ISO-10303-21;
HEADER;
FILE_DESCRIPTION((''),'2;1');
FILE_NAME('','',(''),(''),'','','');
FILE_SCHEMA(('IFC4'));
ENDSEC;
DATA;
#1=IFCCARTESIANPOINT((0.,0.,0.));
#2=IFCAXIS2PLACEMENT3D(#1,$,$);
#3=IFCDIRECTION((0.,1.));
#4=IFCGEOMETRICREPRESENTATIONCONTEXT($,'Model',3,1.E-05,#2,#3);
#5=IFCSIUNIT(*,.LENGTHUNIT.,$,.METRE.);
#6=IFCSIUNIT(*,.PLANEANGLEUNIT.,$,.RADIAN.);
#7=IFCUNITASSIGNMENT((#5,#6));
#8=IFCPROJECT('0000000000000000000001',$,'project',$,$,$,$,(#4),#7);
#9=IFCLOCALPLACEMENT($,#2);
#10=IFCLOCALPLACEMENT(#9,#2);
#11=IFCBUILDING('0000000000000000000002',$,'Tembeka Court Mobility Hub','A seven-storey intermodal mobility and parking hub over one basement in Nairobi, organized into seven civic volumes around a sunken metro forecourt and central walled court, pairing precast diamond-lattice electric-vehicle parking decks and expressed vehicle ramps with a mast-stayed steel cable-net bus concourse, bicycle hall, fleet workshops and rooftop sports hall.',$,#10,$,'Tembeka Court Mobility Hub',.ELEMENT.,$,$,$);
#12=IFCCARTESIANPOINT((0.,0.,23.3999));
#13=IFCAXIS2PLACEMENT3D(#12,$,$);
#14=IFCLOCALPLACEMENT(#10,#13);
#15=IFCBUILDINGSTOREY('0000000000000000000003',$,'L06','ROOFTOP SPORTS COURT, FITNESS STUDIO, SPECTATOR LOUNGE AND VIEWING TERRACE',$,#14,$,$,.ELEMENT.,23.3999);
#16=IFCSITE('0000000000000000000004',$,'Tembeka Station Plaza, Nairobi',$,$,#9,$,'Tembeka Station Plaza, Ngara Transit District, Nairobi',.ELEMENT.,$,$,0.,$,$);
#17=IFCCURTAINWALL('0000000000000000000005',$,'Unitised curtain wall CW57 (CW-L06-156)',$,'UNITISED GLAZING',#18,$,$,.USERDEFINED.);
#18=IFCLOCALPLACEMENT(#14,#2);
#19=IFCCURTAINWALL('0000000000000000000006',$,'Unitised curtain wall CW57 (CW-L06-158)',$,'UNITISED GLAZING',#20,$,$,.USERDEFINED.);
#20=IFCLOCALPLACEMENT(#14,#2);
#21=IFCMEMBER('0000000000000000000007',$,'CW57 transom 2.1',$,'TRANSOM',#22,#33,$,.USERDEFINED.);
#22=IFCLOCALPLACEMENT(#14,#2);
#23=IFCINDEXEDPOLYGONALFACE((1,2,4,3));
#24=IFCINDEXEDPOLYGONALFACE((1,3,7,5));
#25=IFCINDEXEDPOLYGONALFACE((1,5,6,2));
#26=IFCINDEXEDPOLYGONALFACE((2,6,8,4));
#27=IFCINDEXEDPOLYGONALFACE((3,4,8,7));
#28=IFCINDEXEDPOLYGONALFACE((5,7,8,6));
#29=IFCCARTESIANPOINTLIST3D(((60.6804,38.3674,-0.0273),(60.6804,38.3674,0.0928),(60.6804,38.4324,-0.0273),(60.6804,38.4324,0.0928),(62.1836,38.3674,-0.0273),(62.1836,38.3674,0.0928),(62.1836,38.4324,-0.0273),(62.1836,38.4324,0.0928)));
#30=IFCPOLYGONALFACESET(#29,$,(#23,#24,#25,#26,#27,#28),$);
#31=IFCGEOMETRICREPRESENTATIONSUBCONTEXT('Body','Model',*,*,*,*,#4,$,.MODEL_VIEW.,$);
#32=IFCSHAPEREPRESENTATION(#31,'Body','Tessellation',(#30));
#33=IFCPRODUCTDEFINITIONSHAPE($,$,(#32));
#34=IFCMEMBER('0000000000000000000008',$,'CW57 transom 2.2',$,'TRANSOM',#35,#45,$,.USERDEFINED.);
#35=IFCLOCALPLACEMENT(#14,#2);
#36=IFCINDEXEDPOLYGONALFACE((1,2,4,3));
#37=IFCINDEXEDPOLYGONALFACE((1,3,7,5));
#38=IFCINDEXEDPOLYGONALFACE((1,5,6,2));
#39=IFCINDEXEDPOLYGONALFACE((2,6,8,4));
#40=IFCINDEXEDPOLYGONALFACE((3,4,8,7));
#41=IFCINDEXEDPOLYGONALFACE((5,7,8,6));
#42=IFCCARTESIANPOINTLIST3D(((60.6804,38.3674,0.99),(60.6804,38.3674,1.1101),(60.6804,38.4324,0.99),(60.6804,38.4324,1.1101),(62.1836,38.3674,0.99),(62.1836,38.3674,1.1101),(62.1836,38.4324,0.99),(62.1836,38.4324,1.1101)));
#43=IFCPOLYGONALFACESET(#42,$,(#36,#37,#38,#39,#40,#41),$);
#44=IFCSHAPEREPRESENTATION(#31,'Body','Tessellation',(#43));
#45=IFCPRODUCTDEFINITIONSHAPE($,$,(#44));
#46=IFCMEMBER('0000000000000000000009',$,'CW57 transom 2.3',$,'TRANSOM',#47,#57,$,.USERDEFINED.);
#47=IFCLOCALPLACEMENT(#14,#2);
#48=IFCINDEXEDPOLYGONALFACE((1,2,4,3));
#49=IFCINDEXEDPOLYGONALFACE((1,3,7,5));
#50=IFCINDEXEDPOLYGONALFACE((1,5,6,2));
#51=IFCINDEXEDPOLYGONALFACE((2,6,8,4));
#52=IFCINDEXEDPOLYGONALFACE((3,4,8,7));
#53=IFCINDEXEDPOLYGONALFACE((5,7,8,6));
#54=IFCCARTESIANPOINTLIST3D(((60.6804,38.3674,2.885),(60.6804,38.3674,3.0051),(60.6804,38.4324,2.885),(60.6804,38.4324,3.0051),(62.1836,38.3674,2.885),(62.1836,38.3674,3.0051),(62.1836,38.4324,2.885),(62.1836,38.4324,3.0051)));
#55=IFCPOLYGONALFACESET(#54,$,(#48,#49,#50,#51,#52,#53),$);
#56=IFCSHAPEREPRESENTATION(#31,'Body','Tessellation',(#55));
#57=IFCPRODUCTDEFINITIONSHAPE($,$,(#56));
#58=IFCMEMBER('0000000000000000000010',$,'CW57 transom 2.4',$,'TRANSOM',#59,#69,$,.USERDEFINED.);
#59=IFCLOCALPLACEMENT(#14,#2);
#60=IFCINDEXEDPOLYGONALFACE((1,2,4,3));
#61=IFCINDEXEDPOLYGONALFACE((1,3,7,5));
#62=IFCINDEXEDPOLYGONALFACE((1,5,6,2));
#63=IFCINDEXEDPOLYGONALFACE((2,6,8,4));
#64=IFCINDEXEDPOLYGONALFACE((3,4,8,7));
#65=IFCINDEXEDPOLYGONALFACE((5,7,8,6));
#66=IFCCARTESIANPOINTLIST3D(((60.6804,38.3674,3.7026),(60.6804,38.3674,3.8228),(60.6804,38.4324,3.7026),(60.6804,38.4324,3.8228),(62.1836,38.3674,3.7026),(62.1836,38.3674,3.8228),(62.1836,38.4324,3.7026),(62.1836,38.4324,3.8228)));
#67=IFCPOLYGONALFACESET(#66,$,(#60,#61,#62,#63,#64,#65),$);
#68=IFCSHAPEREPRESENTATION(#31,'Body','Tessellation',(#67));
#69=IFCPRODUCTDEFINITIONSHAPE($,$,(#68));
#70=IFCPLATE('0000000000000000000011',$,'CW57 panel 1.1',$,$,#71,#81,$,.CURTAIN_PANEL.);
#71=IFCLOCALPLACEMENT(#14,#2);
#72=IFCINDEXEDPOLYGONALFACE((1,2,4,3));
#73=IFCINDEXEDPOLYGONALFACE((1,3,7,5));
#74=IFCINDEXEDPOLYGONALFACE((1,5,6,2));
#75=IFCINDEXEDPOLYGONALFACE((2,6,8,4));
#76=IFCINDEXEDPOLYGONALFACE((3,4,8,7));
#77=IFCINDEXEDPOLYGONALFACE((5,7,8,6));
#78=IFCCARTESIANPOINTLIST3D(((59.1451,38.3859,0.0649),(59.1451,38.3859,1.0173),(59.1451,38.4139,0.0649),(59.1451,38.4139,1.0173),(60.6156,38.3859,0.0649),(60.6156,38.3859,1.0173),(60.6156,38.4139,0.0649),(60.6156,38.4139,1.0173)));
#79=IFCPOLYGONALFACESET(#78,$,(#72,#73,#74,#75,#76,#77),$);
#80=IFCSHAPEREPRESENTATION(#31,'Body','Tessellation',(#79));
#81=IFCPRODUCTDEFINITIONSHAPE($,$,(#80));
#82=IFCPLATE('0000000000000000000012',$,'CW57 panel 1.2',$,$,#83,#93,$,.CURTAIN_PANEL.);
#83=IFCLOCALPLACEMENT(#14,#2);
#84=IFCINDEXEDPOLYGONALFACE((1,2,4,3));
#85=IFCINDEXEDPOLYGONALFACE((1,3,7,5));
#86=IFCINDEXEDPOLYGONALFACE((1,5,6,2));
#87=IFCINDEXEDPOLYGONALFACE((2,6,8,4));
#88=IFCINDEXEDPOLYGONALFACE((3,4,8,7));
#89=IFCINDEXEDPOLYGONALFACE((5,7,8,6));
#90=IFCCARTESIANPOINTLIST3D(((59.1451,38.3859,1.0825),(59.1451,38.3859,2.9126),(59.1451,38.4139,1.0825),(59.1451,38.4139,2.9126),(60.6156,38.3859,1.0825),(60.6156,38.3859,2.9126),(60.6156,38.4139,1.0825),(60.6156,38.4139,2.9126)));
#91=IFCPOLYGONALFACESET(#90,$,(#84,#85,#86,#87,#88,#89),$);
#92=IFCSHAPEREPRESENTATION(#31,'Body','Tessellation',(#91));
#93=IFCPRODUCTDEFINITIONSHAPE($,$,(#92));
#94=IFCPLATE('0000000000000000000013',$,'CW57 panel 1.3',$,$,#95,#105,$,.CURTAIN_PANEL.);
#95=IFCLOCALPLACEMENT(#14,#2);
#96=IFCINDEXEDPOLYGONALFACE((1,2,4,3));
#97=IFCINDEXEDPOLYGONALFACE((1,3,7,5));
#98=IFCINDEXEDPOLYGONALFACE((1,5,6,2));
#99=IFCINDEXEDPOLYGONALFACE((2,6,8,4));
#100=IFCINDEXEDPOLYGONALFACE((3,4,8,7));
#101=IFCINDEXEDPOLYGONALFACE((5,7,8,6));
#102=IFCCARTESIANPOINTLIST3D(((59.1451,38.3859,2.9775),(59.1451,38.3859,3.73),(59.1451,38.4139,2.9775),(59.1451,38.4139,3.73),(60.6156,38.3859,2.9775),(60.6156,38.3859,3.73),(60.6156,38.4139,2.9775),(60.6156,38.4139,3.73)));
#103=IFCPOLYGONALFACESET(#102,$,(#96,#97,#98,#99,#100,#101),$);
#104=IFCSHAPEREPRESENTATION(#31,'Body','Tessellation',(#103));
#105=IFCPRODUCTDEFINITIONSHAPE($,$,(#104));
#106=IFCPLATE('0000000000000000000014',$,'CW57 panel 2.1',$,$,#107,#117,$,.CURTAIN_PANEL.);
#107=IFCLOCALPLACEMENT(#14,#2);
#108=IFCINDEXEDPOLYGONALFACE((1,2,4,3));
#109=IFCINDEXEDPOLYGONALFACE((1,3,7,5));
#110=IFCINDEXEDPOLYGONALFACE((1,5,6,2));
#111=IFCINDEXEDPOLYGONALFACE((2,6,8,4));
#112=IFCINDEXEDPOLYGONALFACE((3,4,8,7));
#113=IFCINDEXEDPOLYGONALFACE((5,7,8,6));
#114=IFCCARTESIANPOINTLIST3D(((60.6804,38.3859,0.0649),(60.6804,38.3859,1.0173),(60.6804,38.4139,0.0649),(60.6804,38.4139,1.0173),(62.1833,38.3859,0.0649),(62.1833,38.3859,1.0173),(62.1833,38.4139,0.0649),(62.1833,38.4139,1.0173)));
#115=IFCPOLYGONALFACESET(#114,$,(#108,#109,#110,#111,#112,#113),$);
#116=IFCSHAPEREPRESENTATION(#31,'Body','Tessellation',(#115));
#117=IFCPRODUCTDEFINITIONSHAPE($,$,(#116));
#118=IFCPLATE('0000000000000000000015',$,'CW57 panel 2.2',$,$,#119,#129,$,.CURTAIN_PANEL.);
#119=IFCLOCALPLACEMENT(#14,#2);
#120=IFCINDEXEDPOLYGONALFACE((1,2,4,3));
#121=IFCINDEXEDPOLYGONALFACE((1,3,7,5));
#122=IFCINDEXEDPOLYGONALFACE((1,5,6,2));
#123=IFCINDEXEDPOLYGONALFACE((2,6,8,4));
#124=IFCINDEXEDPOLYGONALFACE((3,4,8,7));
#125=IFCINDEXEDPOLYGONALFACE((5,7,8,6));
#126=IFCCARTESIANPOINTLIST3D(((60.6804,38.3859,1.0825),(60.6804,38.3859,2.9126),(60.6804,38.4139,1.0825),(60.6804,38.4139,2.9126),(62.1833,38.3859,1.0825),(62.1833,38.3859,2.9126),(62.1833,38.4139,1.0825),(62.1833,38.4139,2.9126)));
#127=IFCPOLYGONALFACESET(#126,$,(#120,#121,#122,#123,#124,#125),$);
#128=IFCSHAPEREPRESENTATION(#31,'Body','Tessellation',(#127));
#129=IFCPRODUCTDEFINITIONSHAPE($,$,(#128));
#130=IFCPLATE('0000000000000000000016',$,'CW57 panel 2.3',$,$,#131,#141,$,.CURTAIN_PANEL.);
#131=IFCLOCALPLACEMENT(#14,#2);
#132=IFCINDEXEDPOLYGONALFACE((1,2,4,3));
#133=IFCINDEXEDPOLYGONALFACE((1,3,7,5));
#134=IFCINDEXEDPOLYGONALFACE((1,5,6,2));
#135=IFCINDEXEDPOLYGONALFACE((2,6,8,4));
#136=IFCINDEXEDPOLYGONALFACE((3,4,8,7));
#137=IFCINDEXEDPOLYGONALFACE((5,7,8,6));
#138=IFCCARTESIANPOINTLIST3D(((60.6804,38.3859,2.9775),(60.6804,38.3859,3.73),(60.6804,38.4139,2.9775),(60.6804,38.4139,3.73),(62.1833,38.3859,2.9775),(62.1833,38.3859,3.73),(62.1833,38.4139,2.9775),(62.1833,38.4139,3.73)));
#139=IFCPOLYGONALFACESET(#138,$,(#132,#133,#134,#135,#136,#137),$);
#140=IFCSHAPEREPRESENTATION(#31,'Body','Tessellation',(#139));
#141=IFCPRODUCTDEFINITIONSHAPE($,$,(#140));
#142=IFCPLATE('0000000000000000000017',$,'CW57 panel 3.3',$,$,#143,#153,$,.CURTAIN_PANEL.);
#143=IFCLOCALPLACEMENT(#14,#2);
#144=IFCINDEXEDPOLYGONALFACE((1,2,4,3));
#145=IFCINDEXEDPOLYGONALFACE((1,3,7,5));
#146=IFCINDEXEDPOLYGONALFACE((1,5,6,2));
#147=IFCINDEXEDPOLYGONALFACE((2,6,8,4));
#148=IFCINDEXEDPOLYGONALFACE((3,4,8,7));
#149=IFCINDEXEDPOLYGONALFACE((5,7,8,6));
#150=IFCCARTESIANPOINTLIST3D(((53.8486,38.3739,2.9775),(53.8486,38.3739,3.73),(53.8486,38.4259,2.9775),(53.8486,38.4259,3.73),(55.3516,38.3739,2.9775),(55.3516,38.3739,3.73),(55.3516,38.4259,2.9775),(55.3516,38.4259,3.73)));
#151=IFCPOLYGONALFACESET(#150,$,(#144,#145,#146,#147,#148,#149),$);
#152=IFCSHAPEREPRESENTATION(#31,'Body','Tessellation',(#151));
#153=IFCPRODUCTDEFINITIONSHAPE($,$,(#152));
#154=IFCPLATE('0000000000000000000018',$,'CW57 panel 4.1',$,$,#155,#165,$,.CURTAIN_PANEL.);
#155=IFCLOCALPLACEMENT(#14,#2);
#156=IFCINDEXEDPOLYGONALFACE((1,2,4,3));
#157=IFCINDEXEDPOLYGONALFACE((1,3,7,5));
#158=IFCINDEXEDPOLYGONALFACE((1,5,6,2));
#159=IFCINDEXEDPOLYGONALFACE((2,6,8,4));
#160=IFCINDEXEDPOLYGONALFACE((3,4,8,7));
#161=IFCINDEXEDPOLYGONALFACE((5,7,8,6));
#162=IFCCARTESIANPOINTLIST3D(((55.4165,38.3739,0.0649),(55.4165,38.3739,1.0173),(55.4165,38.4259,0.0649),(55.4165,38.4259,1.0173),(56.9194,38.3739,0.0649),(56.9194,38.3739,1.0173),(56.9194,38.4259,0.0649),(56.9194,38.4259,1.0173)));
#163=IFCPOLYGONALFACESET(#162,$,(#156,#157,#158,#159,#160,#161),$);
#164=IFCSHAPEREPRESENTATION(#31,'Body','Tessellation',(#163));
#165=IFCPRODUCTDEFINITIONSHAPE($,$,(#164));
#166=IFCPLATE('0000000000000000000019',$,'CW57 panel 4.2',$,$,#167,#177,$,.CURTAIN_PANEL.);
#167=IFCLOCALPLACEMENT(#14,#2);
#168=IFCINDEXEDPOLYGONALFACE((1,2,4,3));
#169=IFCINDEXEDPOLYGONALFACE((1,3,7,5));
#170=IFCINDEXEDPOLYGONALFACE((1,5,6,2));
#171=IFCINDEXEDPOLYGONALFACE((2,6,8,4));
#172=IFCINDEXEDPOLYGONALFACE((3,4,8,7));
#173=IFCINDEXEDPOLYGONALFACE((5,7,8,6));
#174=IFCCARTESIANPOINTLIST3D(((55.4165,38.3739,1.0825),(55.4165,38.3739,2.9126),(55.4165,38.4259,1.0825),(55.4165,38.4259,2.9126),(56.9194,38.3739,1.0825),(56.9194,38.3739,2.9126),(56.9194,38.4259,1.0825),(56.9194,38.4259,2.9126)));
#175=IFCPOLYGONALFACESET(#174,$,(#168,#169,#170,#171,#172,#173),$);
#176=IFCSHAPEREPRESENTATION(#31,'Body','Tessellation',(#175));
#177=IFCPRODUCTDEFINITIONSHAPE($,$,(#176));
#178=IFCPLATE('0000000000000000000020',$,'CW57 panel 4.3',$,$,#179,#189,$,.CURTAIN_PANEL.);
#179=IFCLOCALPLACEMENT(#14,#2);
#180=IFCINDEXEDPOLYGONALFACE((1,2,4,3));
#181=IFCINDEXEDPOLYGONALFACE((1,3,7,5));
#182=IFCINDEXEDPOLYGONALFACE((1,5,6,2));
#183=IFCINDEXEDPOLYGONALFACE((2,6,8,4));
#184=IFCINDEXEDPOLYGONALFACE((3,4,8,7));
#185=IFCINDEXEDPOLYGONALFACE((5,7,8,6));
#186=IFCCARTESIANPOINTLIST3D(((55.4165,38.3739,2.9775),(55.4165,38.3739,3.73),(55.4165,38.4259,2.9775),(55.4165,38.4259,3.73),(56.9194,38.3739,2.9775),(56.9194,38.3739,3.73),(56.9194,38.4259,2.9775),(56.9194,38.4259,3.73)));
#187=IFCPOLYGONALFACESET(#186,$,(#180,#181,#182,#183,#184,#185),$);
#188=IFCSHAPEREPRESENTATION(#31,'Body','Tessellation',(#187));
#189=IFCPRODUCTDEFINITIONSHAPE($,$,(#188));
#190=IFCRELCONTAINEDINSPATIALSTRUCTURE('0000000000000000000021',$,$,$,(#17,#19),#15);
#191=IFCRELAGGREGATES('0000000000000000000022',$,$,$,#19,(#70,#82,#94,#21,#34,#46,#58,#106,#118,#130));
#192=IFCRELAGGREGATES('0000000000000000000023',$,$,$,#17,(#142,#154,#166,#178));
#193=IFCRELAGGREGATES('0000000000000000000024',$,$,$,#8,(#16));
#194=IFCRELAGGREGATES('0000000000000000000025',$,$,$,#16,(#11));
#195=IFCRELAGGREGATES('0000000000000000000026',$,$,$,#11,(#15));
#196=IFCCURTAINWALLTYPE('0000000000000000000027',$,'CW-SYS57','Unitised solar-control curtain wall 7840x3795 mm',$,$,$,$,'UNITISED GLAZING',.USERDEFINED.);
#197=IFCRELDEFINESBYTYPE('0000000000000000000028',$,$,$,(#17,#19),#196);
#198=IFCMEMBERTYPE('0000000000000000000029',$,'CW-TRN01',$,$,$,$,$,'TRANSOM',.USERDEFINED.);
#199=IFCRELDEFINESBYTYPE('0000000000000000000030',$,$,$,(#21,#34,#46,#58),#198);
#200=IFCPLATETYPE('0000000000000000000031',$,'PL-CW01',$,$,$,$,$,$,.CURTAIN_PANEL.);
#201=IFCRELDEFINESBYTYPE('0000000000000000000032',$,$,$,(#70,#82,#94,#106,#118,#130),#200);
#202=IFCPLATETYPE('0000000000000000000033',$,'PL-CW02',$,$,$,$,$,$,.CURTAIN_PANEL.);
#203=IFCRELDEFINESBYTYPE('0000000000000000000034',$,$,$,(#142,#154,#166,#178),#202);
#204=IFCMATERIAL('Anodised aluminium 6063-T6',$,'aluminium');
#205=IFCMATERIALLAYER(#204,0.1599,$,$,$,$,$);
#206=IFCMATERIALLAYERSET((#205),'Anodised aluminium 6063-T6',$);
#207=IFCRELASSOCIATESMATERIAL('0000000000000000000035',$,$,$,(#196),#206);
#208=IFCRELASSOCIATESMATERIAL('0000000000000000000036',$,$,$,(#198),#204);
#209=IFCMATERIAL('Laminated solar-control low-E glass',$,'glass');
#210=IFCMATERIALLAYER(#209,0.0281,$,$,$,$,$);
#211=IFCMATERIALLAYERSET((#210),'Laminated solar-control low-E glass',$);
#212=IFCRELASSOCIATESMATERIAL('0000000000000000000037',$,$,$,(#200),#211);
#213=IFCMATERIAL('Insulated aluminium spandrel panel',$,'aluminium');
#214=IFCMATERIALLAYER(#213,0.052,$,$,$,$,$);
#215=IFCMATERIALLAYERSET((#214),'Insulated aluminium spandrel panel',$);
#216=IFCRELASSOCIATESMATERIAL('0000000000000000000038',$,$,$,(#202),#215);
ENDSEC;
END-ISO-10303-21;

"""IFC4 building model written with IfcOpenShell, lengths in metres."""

from ifc_helpers import new_model, si_unit, direction, frame, origin, origin_2d, place, context, subcontext, project, spatial, rectangle, extrude, material, layer, layer_set, material_profile, profile_set, type_object, element, aggregate, save


model = new_model("IFC4")

# Units and contexts
model_context = context("Model", 3, precision=1e-05, world=origin(), true_north=direction((0.0, 1.0)))
body_context = subcontext(model_context, "Body", "Model", "MODEL_VIEW")
ifc_project = project(units=[si_unit("LENGTHUNIT", "METRE"), si_unit("PLANEANGLEUNIT", "RADIAN")], contexts=[model_context])

# Site, building, storey
site_placement = place(None, origin())
site = spatial("IfcSite", under=ifc_project, at=site_placement, Name="Tembeka Station Plaza, Nairobi", LongName="Tembeka Station Plaza, Ngara Transit District, Nairobi", CompositionType="ELEMENT", RefElevation=0.0)
building_placement = place(site_placement, origin())
building = spatial("IfcBuilding", under=site, at=building_placement, Name="Tembeka Court Mobility Hub", Description="A seven-storey intermodal mobility and parking hub over one basement in Nairobi, organized into seven civic volumes around a sunken metro forecourt and central walled court, pairing precast diamond-lattice electric-vehicle parking decks and expressed vehicle ramps with a mast-stayed steel cable-net bus concourse, bicycle hall, fleet workshops and rooftop sports hall.", LongName="Tembeka Court Mobility Hub", CompositionType="ELEMENT")
storey_placement = place(building_placement, frame((0.0, 0.0, 23.3999)))
storey = spatial("IfcBuildingStorey", under=building, at=storey_placement, Name="L06", Description="ROOFTOP SPORTS COURT, FITNESS STUDIO, SPECTATOR LOUNGE AND VIEWING TERRACE", CompositionType="ELEMENT", Elevation=23.3999)

# Curtain walls
ifc_material_1 = material(Name="Anodised aluminium 6063-T6", Category="aluminium")
ifc_layer_1 = layer(ifc_material_1, 0.1599)
ifc_layer_set_1 = layer_set([ifc_layer_1], Name="Anodised aluminium 6063-T6")
curtain_wall_type = type_object("IfcCurtainWallType", Name="CW-SYS57", Description="Unitised solar-control curtain wall 7840x3795 mm", ElementType="UNITISED GLAZING", PredefinedType="USERDEFINED", material=ifc_layer_set_1)
curtain_wall_1_placement = place(storey_placement, origin())
curtain_wall_1 = element("IfcCurtainWall", 1, at=curtain_wall_1_placement, inside=storey, type_object=curtain_wall_type, Name="Unitised curtain wall CW57 (CW-L06-156)", ObjectType="UNITISED GLAZING", PredefinedType="USERDEFINED")
curtain_wall_2_placement = place(storey_placement, origin())
curtain_wall_2 = element("IfcCurtainWall", 2, at=curtain_wall_2_placement, inside=storey, type_object=curtain_wall_type, Name="Unitised curtain wall CW57 (CW-L06-158)", ObjectType="UNITISED GLAZING", PredefinedType="USERDEFINED")

# Members
ifc_material_profile_1 = material_profile(ifc_material_1, rectangle(XDim=0.0649, YDim=0.1201, at=origin_2d()), Name="ALU-TRN 65x120")
ifc_profile_set_1 = profile_set([ifc_material_profile_1], Name="Anodised aluminium 6063-T6")
member_type_1 = type_object("IfcMemberType", Name="CW-TRN01", ElementType="TRANSOM", PredefinedType="USERDEFINED", material=ifc_profile_set_1)
member_1_placement = place(storey_placement, frame((60.6804, 38.3999, 0.0327), z_axis=(1.0, 0.0, 0.0), x_axis=(0.0, 1.0, 0.0)))
member_1 = element("IfcMember", 3, at=member_1_placement, type_object=member_type_1, Name="CW57 transom 2.1", ObjectType="TRANSOM", PredefinedType="USERDEFINED", context=body_context, shape_type="SweptSolid", body=[
    extrude(rectangle(XDim=0.0649, YDim=0.1201, at=origin_2d()), origin(), (0.0, 0.0, 1.0), 1.5032),
])
member_2_placement = place(storey_placement, frame((60.6804, 38.3999, 1.05), z_axis=(1.0, 0.0, 0.0), x_axis=(0.0, 1.0, 0.0)))
member_2 = element("IfcMember", 4, at=member_2_placement, type_object=member_type_1, Name="CW57 transom 2.2", ObjectType="TRANSOM", PredefinedType="USERDEFINED", context=body_context, shape_type="SweptSolid", body=[
    extrude(rectangle(XDim=0.0649, YDim=0.1201, at=origin_2d()), origin(), (0.0, 0.0, 1.0), 1.5032),
])
member_3_placement = place(storey_placement, frame((60.6804, 38.3999, 2.9451), z_axis=(1.0, 0.0, 0.0), x_axis=(0.0, 1.0, 0.0)))
member_3 = element("IfcMember", 5, at=member_3_placement, type_object=member_type_1, Name="CW57 transom 2.3", ObjectType="TRANSOM", PredefinedType="USERDEFINED", context=body_context, shape_type="SweptSolid", body=[
    extrude(rectangle(XDim=0.0649, YDim=0.1201, at=origin_2d()), origin(), (0.0, 0.0, 1.0), 1.5032),
])
member_4_placement = place(storey_placement, frame((60.6804, 38.3999, 3.7627), z_axis=(1.0, 0.0, 0.0), x_axis=(0.0, 1.0, 0.0)))
member_4 = element("IfcMember", 6, at=member_4_placement, type_object=member_type_1, Name="CW57 transom 2.4", ObjectType="TRANSOM", PredefinedType="USERDEFINED", context=body_context, shape_type="SweptSolid", body=[
    extrude(rectangle(XDim=0.0649, YDim=0.1201, at=origin_2d()), origin(), (0.0, 0.0, 1.0), 1.5032),
])

# Plates
ifc_material_2 = material(Name="Laminated solar-control low-E glass", Category="glass")
ifc_layer_2 = layer(ifc_material_2, 0.0281)
ifc_layer_set_2 = layer_set([ifc_layer_2], Name="Laminated solar-control low-E glass")
plate_type_1 = type_object("IfcPlateType", Name="PL-CW01", PredefinedType="CURTAIN_PANEL", material=ifc_layer_set_2)
plate_1_placement = place(storey_placement, frame((59.8804, 38.3999, 0.0649), z_axis=(0.0, 0.0, 1.0), x_axis=(1.0, 0.0, 0.0)))
plate_1 = element("IfcPlate", 7, at=plate_1_placement, type_object=plate_type_1, Name="CW57 panel 1.1", PredefinedType="CURTAIN_PANEL", context=body_context, shape_type="SweptSolid", body=[
    extrude(rectangle(XDim=1.4705, YDim=0.0281, at=origin_2d()), origin(), (0.0, 0.0, 1.0), 0.9524),
])
plate_2_placement = place(storey_placement, frame((59.8804, 38.3999, 1.0825), z_axis=(0.0, 0.0, 1.0), x_axis=(1.0, 0.0, 0.0)))
plate_2 = element("IfcPlate", 8, at=plate_2_placement, type_object=plate_type_1, Name="CW57 panel 1.2", PredefinedType="CURTAIN_PANEL", context=body_context, shape_type="SweptSolid", body=[
    extrude(rectangle(XDim=1.4705, YDim=0.0281, at=origin_2d()), origin(), (0.0, 0.0, 1.0), 1.8301),
])
plate_3_placement = place(storey_placement, frame((59.8804, 38.3999, 2.9775), z_axis=(0.0, 0.0, 1.0), x_axis=(1.0, 0.0, 0.0)))
plate_3 = element("IfcPlate", 9, at=plate_3_placement, type_object=plate_type_1, Name="CW57 panel 1.3", PredefinedType="CURTAIN_PANEL", context=body_context, shape_type="SweptSolid", body=[
    extrude(rectangle(XDim=1.4705, YDim=0.0281, at=origin_2d()), origin(), (0.0, 0.0, 1.0), 0.7524),
])
plate_4_placement = place(storey_placement, frame((61.4319, 38.3999, 0.0649), z_axis=(0.0, 0.0, 1.0), x_axis=(1.0, 0.0, 0.0)))
plate_4 = element("IfcPlate", 10, at=plate_4_placement, type_object=plate_type_1, Name="CW57 panel 2.1", PredefinedType="CURTAIN_PANEL", context=body_context, shape_type="SweptSolid", body=[
    extrude(rectangle(XDim=1.5029, YDim=0.0281, at=origin_2d()), origin(), (0.0, 0.0, 1.0), 0.9524),
])
plate_5_placement = place(storey_placement, frame((61.4319, 38.3999, 1.0825), z_axis=(0.0, 0.0, 1.0), x_axis=(1.0, 0.0, 0.0)))
plate_5 = element("IfcPlate", 11, at=plate_5_placement, type_object=plate_type_1, Name="CW57 panel 2.2", PredefinedType="CURTAIN_PANEL", context=body_context, shape_type="SweptSolid", body=[
    extrude(rectangle(XDim=1.5029, YDim=0.0281, at=origin_2d()), origin(), (0.0, 0.0, 1.0), 1.8301),
])
plate_6_placement = place(storey_placement, frame((61.4319, 38.3999, 2.9775), z_axis=(0.0, 0.0, 1.0), x_axis=(1.0, 0.0, 0.0)))
plate_6 = element("IfcPlate", 12, at=plate_6_placement, type_object=plate_type_1, Name="CW57 panel 2.3", PredefinedType="CURTAIN_PANEL", context=body_context, shape_type="SweptSolid", body=[
    extrude(rectangle(XDim=1.5029, YDim=0.0281, at=origin_2d()), origin(), (0.0, 0.0, 1.0), 0.7524),
])
aggregate(curtain_wall_2, [plate_1, plate_2, plate_3, member_1, member_2, member_3, member_4, plate_4, plate_5, plate_6])
ifc_material_3 = material(Name="Insulated aluminium spandrel panel", Category="aluminium")
ifc_layer_3 = layer(ifc_material_3, 0.052)
ifc_layer_set_3 = layer_set([ifc_layer_3], Name="Insulated aluminium spandrel panel")
plate_type_2 = type_object("IfcPlateType", Name="PL-CW02", PredefinedType="CURTAIN_PANEL", material=ifc_layer_set_3)
plate_7_placement = place(storey_placement, frame((54.6001, 38.3999, 2.9775), z_axis=(0.0, 0.0, 1.0), x_axis=(1.0, 0.0, 0.0)))
plate_7 = element("IfcPlate", 13, at=plate_7_placement, type_object=plate_type_2, Name="CW57 panel 3.3", PredefinedType="CURTAIN_PANEL", context=body_context, shape_type="SweptSolid", body=[
    extrude(rectangle(XDim=1.5029, YDim=0.052, at=origin_2d()), origin(), (0.0, 0.0, 1.0), 0.7524),
])
plate_8_placement = place(storey_placement, frame((56.168, 38.3999, 0.0649), z_axis=(0.0, 0.0, 1.0), x_axis=(1.0, 0.0, 0.0)))
plate_8 = element("IfcPlate", 14, at=plate_8_placement, type_object=plate_type_2, Name="CW57 panel 4.1", PredefinedType="CURTAIN_PANEL", context=body_context, shape_type="SweptSolid", body=[
    extrude(rectangle(XDim=1.5029, YDim=0.052, at=origin_2d()), origin(), (0.0, 0.0, 1.0), 0.9524),
])
plate_9_placement = place(storey_placement, frame((56.168, 38.3999, 1.0825), z_axis=(0.0, 0.0, 1.0), x_axis=(1.0, 0.0, 0.0)))
plate_9 = element("IfcPlate", 15, at=plate_9_placement, type_object=plate_type_2, Name="CW57 panel 4.2", PredefinedType="CURTAIN_PANEL", context=body_context, shape_type="SweptSolid", body=[
    extrude(rectangle(XDim=1.5029, YDim=0.052, at=origin_2d()), origin(), (0.0, 0.0, 1.0), 1.8301),
])
plate_10_placement = place(storey_placement, frame((56.168, 38.3999, 2.9775), z_axis=(0.0, 0.0, 1.0), x_axis=(1.0, 0.0, 0.0)))
plate_10 = element("IfcPlate", 16, at=plate_10_placement, type_object=plate_type_2, Name="CW57 panel 4.3", PredefinedType="CURTAIN_PANEL", context=body_context, shape_type="SweptSolid", body=[
    extrude(rectangle(XDim=1.5029, YDim=0.052, at=origin_2d()), origin(), (0.0, 0.0, 1.0), 0.7524),
])
aggregate(curtain_wall_1, [plate_7, plate_8, plate_9, plate_10])

save(model, "model.ifc")
